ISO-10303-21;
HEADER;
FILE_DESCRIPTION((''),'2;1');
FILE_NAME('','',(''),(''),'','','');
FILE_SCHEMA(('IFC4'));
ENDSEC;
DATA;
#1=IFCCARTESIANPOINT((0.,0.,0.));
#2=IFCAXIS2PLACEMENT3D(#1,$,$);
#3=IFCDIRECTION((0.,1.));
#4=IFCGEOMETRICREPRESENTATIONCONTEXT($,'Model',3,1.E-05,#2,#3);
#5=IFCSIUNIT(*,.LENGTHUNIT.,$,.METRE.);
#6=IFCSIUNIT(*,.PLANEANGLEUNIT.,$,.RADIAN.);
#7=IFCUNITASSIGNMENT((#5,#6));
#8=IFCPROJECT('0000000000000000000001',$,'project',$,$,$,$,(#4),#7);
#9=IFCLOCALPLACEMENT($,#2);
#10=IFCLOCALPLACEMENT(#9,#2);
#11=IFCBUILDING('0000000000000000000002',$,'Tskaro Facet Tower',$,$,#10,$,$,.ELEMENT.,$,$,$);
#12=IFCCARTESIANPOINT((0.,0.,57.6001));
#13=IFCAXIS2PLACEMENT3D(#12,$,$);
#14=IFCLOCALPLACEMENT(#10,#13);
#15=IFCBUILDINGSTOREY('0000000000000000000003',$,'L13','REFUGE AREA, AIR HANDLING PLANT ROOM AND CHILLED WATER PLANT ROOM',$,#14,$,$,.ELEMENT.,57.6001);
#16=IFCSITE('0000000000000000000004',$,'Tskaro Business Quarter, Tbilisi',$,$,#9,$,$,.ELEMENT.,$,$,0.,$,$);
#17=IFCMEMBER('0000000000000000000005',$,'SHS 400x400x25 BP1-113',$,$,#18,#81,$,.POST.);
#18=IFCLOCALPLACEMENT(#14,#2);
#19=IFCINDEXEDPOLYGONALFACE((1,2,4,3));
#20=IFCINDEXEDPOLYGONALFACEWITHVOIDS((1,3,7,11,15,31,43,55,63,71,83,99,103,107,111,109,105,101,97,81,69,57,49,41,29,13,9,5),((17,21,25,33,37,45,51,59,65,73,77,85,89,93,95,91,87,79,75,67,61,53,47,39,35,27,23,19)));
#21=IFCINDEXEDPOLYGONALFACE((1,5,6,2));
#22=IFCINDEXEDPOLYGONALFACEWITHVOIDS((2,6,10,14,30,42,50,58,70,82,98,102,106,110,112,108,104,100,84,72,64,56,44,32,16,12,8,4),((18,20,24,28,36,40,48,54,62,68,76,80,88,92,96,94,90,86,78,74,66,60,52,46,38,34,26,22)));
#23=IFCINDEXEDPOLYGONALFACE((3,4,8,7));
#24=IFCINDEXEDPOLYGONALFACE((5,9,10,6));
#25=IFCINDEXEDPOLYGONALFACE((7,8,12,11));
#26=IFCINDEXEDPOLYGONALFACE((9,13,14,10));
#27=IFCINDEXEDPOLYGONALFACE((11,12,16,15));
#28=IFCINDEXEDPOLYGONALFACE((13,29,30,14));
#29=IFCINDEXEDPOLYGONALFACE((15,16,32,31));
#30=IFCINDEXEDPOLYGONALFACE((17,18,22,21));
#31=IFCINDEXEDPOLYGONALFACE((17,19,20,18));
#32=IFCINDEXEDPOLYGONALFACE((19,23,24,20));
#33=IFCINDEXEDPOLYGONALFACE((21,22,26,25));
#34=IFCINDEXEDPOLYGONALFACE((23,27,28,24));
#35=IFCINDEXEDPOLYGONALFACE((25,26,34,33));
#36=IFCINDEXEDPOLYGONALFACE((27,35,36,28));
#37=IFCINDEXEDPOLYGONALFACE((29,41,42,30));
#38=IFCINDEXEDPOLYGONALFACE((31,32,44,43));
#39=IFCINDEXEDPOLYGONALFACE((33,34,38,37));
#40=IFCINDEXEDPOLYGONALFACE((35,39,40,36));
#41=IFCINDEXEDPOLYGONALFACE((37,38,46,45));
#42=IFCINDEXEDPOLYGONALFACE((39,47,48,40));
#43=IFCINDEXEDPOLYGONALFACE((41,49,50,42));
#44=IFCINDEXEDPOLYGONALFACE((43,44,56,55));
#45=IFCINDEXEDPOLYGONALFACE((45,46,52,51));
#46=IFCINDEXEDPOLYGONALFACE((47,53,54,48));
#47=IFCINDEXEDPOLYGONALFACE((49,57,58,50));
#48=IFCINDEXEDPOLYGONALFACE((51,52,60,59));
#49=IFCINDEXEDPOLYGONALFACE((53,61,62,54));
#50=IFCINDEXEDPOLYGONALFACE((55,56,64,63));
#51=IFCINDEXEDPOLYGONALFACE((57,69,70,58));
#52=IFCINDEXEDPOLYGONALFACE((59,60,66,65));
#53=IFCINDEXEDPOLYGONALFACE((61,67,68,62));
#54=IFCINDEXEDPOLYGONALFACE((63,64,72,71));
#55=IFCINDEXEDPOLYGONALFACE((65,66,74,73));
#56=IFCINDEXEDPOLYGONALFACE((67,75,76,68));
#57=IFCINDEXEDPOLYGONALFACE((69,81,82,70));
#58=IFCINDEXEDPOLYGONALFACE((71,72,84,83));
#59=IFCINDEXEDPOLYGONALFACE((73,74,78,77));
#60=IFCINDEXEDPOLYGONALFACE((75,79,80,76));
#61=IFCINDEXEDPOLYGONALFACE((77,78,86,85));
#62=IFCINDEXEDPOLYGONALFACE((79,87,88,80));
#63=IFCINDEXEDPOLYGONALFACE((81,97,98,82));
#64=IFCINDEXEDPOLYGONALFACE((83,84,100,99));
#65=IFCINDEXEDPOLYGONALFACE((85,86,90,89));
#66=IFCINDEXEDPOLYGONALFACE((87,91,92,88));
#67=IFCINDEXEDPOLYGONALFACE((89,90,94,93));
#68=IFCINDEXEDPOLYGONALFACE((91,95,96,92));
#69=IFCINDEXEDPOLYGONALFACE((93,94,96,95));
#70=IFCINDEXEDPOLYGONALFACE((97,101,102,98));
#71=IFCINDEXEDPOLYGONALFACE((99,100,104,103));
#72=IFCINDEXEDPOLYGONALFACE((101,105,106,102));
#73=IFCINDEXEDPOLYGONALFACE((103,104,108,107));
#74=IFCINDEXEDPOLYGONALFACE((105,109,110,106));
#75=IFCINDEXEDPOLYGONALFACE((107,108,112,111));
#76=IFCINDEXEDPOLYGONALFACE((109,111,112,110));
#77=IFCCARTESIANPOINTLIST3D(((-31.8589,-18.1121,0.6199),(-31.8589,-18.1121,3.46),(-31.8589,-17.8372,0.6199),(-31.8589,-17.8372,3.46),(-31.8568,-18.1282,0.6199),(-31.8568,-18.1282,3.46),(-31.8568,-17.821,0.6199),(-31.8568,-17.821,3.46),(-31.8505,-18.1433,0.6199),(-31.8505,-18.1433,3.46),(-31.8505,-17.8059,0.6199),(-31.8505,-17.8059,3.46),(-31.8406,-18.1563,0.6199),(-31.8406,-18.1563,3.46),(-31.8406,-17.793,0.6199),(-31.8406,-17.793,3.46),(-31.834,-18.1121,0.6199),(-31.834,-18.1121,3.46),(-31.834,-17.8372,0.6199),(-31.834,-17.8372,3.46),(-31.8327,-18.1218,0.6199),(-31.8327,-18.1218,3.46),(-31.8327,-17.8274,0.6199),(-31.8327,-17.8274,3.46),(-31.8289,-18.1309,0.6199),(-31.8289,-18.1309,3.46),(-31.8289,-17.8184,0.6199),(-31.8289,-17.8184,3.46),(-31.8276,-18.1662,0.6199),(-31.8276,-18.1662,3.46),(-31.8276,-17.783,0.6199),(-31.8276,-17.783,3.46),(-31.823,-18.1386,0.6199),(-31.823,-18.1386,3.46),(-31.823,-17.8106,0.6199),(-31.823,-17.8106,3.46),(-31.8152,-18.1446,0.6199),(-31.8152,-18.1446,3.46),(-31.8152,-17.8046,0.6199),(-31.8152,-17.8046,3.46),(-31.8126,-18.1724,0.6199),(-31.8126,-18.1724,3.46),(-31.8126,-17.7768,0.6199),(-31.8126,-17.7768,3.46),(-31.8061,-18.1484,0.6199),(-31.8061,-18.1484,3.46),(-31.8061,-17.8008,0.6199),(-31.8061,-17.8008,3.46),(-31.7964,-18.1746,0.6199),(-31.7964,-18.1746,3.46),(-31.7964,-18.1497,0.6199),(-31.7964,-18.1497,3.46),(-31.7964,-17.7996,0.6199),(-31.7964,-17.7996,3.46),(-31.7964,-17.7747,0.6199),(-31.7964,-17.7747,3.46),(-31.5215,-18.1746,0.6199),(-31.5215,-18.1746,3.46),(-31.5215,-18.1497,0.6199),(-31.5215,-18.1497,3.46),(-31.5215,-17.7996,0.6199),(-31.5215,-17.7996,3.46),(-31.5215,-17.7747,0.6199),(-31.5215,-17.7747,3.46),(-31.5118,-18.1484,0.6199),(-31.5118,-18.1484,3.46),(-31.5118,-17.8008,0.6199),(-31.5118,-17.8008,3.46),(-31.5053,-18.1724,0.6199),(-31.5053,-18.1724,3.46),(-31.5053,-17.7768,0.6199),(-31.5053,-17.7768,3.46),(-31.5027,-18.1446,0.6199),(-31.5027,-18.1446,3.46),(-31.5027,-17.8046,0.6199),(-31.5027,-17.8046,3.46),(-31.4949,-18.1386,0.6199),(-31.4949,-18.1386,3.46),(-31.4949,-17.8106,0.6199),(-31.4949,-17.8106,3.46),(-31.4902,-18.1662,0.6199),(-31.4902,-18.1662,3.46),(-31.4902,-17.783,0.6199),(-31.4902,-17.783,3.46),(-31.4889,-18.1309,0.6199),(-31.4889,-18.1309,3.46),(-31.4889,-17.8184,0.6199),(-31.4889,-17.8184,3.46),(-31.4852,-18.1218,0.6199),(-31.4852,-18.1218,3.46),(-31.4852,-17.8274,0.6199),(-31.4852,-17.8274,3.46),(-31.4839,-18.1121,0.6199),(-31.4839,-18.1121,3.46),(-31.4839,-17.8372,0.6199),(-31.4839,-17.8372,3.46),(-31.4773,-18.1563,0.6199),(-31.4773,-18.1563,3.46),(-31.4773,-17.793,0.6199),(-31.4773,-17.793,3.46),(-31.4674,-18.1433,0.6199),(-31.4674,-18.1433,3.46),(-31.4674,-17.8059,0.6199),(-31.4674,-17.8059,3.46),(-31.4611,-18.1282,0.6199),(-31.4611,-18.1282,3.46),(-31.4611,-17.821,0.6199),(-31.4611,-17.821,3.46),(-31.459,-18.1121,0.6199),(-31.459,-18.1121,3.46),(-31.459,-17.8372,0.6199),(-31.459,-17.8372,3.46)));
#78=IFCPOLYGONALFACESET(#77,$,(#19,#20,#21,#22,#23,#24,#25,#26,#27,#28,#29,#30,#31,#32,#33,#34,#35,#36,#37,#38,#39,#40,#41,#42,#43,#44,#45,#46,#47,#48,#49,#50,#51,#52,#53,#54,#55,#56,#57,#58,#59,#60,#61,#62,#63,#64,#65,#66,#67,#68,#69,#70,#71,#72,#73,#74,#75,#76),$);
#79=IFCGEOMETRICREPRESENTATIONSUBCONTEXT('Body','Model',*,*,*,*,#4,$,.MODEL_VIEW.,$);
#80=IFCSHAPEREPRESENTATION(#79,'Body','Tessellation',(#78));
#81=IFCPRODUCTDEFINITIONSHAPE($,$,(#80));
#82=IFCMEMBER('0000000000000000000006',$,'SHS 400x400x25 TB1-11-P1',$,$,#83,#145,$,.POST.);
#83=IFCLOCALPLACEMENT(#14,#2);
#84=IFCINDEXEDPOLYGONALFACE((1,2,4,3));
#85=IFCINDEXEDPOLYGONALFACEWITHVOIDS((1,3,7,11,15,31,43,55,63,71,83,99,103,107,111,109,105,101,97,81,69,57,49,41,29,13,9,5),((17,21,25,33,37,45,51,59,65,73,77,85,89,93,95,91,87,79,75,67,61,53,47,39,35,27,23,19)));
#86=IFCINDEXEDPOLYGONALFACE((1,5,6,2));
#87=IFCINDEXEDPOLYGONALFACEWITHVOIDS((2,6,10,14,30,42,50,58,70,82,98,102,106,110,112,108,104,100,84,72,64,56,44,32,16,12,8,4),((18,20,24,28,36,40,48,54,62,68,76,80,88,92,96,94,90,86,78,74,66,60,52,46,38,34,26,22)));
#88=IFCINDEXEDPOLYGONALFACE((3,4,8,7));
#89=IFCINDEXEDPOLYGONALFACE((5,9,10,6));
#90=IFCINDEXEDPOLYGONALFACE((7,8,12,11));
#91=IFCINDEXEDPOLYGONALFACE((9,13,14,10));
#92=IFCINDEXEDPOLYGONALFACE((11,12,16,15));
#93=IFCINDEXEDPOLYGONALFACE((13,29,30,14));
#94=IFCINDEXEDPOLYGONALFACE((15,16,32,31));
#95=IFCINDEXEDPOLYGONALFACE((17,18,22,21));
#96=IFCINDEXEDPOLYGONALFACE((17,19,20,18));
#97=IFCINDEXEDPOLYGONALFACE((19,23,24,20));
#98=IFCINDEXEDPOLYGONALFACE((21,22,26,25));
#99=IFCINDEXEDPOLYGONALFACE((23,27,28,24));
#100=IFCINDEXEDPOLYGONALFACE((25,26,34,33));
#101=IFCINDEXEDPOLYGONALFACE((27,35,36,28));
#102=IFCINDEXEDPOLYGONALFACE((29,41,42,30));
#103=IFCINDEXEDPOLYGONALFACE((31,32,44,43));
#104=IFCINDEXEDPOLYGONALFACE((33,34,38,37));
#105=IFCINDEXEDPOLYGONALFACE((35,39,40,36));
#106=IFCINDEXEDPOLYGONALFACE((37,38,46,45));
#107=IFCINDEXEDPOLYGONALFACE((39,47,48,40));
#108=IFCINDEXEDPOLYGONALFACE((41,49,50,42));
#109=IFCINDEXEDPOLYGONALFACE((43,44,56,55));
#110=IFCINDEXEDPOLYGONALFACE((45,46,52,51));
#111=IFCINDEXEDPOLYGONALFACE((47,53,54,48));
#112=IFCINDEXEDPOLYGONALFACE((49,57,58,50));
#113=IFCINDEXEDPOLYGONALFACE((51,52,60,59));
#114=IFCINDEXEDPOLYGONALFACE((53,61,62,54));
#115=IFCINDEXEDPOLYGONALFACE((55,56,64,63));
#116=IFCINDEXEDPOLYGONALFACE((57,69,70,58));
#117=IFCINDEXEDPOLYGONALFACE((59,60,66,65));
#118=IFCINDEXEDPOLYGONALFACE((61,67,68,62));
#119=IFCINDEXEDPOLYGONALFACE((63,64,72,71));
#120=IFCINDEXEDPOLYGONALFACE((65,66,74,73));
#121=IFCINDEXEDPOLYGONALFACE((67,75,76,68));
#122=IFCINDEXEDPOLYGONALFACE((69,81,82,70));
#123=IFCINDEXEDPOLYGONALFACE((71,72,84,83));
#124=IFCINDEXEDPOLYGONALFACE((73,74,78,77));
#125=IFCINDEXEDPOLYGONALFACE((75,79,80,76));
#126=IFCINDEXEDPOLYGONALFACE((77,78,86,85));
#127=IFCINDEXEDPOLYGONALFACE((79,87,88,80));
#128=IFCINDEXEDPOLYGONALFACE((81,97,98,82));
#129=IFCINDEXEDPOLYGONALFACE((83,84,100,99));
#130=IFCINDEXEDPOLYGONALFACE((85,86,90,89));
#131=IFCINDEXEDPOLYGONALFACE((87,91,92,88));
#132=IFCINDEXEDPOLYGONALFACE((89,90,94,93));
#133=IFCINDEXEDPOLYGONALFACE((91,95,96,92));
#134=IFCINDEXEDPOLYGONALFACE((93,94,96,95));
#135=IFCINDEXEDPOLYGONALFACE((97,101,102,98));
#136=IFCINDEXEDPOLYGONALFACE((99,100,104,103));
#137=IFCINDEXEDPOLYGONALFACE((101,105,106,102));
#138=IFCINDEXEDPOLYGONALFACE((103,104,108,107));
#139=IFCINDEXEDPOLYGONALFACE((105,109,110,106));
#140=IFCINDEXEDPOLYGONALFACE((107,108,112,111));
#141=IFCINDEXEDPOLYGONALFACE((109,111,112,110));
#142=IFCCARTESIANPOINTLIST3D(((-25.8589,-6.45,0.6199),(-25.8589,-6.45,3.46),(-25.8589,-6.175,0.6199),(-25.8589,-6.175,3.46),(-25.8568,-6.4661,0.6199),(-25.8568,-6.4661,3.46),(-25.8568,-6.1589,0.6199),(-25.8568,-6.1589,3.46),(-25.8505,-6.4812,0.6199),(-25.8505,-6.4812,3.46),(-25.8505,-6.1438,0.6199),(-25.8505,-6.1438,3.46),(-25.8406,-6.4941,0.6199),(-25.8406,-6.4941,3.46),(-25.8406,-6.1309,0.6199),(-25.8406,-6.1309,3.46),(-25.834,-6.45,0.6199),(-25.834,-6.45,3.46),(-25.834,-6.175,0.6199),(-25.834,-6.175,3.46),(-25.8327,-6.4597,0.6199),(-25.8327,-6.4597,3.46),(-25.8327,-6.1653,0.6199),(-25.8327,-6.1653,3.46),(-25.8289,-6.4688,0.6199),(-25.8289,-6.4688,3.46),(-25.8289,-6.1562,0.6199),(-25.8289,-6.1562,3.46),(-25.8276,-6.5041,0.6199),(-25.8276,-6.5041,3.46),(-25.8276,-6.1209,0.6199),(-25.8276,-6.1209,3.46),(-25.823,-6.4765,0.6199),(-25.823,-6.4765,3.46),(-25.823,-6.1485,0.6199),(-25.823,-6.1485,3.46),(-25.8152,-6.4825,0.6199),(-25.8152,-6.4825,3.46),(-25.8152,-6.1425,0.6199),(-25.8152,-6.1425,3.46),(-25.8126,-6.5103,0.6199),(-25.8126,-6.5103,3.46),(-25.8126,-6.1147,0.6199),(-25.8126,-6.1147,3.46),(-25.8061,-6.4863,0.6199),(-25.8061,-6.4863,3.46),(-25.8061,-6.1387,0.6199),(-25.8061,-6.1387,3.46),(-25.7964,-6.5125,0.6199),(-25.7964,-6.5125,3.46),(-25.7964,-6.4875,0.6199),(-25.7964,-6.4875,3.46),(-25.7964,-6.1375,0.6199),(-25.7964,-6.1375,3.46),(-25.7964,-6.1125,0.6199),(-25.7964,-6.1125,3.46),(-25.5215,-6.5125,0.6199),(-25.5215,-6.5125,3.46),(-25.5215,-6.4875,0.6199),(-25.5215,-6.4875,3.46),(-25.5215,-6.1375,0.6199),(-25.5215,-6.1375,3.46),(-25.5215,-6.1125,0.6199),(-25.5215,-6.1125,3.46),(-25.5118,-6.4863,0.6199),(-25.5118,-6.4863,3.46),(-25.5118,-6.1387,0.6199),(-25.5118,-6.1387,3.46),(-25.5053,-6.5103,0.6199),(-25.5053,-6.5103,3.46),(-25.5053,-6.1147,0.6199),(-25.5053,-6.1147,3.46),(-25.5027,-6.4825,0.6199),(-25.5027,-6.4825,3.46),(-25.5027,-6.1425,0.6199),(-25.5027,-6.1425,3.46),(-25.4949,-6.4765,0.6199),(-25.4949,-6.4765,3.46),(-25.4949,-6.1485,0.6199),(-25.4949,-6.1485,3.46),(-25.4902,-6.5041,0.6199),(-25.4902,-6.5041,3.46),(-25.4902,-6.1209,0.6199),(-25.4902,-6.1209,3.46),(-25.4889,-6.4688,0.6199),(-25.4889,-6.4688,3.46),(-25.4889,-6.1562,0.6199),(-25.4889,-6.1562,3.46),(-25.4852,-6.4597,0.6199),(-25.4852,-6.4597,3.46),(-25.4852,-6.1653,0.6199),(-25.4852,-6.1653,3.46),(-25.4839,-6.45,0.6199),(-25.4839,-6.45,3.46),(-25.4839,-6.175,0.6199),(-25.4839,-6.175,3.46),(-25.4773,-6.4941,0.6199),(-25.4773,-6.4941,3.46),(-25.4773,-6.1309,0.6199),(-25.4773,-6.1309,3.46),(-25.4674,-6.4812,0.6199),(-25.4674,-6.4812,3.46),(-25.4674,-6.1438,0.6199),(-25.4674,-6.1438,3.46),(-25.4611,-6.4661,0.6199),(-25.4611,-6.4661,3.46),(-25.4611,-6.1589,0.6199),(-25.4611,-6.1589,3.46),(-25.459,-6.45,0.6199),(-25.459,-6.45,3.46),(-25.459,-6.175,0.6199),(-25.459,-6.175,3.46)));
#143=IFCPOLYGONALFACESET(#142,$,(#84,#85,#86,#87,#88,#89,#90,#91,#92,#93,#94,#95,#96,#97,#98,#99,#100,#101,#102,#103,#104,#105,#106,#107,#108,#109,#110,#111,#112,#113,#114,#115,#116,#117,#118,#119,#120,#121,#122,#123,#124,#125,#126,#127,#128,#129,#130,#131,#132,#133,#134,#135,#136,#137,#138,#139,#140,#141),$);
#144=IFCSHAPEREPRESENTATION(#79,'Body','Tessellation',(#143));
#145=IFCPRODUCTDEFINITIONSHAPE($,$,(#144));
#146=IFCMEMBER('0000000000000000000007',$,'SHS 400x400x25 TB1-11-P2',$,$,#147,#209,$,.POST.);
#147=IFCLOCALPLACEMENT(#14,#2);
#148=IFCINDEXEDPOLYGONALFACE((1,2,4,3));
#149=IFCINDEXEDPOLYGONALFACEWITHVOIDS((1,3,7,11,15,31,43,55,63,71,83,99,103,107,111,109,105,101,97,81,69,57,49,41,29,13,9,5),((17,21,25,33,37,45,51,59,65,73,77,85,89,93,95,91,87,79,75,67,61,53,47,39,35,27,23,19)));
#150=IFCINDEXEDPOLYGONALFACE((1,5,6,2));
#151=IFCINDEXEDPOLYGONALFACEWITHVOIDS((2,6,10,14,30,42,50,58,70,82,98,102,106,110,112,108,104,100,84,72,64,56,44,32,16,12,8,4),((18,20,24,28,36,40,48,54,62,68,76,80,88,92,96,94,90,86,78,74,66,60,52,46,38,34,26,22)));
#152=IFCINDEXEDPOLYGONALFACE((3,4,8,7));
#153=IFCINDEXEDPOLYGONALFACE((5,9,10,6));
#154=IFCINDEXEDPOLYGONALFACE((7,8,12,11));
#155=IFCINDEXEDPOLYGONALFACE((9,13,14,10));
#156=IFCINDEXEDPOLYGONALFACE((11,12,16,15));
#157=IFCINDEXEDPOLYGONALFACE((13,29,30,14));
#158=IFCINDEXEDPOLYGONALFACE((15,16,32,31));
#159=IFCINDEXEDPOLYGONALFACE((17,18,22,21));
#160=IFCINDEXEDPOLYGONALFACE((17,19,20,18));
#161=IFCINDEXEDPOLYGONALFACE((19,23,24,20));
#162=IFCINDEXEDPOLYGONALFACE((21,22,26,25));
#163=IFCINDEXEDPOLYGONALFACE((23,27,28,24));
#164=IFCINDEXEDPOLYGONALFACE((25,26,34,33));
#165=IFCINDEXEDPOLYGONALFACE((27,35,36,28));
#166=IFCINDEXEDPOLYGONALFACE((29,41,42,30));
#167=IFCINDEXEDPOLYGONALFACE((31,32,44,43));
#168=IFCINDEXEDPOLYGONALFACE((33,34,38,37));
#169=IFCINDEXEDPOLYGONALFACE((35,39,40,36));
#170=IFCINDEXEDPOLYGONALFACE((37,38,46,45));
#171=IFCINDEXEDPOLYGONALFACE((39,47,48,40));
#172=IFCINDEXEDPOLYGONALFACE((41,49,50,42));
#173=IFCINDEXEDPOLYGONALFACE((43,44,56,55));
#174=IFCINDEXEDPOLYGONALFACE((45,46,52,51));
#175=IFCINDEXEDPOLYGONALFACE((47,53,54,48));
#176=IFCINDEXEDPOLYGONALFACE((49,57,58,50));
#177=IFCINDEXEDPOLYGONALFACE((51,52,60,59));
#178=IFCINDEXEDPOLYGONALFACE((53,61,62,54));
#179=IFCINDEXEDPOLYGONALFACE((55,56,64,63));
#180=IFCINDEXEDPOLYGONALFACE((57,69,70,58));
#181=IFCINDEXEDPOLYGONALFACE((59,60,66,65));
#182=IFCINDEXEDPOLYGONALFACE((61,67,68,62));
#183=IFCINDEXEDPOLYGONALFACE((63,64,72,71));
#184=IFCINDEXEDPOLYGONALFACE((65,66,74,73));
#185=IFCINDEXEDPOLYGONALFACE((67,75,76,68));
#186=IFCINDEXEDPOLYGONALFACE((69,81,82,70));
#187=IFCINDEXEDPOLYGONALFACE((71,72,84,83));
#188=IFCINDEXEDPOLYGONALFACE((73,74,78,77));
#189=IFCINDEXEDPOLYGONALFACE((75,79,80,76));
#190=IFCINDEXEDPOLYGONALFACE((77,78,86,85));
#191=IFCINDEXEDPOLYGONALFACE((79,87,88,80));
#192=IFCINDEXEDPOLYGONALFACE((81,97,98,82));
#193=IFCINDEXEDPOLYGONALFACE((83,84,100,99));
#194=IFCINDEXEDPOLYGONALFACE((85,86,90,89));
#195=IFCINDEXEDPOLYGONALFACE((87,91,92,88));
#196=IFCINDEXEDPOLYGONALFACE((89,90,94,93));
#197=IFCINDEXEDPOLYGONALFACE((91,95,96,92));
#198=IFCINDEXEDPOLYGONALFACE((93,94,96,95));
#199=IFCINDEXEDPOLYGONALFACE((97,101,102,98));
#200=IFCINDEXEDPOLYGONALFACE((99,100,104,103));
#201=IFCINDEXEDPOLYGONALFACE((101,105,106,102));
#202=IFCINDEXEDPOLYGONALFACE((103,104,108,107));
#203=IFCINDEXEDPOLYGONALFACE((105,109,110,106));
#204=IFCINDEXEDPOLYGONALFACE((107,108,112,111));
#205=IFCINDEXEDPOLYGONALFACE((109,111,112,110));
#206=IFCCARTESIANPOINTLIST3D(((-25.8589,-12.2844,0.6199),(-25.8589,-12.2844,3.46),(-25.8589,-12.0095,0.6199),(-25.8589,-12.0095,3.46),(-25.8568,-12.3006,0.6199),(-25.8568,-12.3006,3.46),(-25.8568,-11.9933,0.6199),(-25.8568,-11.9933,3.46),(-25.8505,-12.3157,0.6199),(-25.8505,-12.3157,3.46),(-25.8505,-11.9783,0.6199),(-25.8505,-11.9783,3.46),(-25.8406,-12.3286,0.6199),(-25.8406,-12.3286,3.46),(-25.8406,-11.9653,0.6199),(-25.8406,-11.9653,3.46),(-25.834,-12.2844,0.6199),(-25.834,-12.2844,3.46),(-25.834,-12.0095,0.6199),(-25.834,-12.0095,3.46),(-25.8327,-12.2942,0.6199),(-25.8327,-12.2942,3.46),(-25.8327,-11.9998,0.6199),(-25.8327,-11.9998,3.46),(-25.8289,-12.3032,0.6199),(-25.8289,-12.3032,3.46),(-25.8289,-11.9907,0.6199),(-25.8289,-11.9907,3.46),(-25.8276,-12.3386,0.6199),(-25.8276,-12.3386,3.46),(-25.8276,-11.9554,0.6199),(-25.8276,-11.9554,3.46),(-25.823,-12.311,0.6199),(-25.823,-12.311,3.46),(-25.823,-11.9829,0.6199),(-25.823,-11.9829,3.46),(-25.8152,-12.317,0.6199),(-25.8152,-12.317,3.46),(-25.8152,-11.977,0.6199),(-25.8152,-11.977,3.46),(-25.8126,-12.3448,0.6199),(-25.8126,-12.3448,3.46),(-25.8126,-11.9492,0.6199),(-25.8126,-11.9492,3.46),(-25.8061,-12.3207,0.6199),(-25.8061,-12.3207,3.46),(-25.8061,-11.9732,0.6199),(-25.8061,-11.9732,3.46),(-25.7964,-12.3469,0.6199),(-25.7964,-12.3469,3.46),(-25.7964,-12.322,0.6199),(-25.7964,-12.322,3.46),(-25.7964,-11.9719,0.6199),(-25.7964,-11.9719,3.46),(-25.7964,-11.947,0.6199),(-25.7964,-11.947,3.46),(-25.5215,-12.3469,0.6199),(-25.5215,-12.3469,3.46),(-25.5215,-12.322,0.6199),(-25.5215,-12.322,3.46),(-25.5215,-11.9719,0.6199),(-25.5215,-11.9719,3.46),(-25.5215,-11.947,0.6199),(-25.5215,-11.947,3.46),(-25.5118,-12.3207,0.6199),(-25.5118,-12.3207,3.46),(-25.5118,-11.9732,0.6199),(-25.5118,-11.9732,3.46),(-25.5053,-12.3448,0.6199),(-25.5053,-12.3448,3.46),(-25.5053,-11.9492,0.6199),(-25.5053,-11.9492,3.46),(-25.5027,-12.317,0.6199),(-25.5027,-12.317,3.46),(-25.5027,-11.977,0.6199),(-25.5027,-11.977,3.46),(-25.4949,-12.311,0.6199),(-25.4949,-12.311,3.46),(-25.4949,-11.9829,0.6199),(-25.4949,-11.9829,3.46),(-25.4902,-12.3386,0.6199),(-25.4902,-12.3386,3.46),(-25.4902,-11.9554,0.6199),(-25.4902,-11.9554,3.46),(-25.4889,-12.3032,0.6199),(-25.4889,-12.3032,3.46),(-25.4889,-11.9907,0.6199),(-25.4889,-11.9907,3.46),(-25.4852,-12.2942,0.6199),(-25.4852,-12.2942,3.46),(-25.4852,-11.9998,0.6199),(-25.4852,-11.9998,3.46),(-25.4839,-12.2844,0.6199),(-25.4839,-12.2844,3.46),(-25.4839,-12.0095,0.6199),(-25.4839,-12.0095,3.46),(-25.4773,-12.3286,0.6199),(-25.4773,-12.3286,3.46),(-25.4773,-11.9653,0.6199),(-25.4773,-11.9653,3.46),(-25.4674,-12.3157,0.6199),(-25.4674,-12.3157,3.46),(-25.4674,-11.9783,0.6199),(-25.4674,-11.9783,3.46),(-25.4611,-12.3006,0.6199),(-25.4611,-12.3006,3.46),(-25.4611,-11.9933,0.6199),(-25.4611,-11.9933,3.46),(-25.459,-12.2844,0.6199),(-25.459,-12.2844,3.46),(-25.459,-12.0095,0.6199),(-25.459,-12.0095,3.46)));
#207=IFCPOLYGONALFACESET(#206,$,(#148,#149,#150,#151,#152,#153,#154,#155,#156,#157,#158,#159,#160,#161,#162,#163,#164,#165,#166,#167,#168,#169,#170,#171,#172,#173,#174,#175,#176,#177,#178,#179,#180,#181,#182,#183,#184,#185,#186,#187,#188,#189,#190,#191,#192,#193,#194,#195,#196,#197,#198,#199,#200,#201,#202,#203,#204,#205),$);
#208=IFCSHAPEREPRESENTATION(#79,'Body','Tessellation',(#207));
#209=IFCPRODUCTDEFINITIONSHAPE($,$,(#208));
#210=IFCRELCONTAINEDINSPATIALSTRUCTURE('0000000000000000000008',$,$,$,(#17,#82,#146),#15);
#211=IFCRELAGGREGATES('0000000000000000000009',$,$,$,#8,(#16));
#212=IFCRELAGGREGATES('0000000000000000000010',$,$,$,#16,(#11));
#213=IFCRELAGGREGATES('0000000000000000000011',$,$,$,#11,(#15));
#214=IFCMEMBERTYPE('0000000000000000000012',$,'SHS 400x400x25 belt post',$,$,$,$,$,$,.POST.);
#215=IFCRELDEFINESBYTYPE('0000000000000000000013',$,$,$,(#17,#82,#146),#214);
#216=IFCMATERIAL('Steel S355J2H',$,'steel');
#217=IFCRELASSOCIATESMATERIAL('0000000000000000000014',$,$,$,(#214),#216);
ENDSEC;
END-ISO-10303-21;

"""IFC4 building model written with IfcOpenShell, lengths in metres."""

from ifc_helpers import new_model, si_unit, direction, frame, origin, origin_2d, place, context, subcontext, project, spatial, hollow_rectangle, extrude, material, material_profile, profile_set, type_object, element, save


model = new_model("IFC4")

# Units and contexts
model_context = context("Model", 3, precision=1e-05, world=origin(), true_north=direction((0.0, 1.0)))
body_context = subcontext(model_context, "Body", "Model", "MODEL_VIEW")
ifc_project = project(units=[si_unit("LENGTHUNIT", "METRE"), si_unit("PLANEANGLEUNIT", "RADIAN")], contexts=[model_context])

# Site, building, storey
site_placement = place(None, origin())
site = spatial("IfcSite", under=ifc_project, at=site_placement, Name="Tskaro Business Quarter, Tbilisi", CompositionType="ELEMENT", RefElevation=0.0)
building_placement = place(site_placement, origin())
building = spatial("IfcBuilding", under=site, at=building_placement, Name="Tskaro Facet Tower", CompositionType="ELEMENT")
storey_placement = place(building_placement, frame((0.0, 0.0, 57.6001)))
storey = spatial("IfcBuildingStorey", under=building, at=storey_placement, Name="L13", Description="REFUGE AREA, AIR HANDLING PLANT ROOM AND CHILLED WATER PLANT ROOM", CompositionType="ELEMENT", Elevation=57.6001)

# Shared definitions
ifc_material_1 = material(Name="Steel S355J2H", Category="steel")

# Members
ifc_material_profile_1 = material_profile(ifc_material_1, hollow_rectangle(XDim=0.3999, YDim=0.3999, WallThickness=0.0249, InnerFilletRadius=0.0376, OuterFilletRadius=0.0625, at=origin_2d()), Name="SHS 400x400x25")
ifc_profile_set_1 = profile_set([ifc_material_profile_1], Name="Steel S355J2H")
member_type_1 = type_object("IfcMemberType", Name="SHS 400x400x25 belt post", PredefinedType="POST", material=ifc_profile_set_1)
for number, where, z_axis, x_axis, name in (
    (1, (-31.6589, -17.9746, 0.6199), (0.0, 0.0, 1.0), (1.0, 0.0, 0.0), "SHS 400x400x25 BP1-113"),
    (2, (-25.6589, -6.3125, 0.6199), (0.0, 0.0, 1.0), (1.0, 0.0, 0.0), "SHS 400x400x25 TB1-11-P1"),
    (3, (-25.6589, -12.147, 0.6199), (0.0, 0.0, 1.0), (1.0, 0.0, 0.0), "SHS 400x400x25 TB1-11-P2"),
):
    element("IfcMember", number, at=place(storey_placement, frame(where, z_axis=z_axis, x_axis=x_axis)), inside=storey, type_object=member_type_1, Name=name, PredefinedType="POST", context=body_context, shape_type="SweptSolid", body=[
        extrude(hollow_rectangle(XDim=0.3999, YDim=0.3999, WallThickness=0.0249, InnerFilletRadius=0.0376, OuterFilletRadius=0.0625, at=origin_2d()), origin(), (0.0, 0.0, 1.0), 2.8401),
    ])

save(model, "model.ifc")
